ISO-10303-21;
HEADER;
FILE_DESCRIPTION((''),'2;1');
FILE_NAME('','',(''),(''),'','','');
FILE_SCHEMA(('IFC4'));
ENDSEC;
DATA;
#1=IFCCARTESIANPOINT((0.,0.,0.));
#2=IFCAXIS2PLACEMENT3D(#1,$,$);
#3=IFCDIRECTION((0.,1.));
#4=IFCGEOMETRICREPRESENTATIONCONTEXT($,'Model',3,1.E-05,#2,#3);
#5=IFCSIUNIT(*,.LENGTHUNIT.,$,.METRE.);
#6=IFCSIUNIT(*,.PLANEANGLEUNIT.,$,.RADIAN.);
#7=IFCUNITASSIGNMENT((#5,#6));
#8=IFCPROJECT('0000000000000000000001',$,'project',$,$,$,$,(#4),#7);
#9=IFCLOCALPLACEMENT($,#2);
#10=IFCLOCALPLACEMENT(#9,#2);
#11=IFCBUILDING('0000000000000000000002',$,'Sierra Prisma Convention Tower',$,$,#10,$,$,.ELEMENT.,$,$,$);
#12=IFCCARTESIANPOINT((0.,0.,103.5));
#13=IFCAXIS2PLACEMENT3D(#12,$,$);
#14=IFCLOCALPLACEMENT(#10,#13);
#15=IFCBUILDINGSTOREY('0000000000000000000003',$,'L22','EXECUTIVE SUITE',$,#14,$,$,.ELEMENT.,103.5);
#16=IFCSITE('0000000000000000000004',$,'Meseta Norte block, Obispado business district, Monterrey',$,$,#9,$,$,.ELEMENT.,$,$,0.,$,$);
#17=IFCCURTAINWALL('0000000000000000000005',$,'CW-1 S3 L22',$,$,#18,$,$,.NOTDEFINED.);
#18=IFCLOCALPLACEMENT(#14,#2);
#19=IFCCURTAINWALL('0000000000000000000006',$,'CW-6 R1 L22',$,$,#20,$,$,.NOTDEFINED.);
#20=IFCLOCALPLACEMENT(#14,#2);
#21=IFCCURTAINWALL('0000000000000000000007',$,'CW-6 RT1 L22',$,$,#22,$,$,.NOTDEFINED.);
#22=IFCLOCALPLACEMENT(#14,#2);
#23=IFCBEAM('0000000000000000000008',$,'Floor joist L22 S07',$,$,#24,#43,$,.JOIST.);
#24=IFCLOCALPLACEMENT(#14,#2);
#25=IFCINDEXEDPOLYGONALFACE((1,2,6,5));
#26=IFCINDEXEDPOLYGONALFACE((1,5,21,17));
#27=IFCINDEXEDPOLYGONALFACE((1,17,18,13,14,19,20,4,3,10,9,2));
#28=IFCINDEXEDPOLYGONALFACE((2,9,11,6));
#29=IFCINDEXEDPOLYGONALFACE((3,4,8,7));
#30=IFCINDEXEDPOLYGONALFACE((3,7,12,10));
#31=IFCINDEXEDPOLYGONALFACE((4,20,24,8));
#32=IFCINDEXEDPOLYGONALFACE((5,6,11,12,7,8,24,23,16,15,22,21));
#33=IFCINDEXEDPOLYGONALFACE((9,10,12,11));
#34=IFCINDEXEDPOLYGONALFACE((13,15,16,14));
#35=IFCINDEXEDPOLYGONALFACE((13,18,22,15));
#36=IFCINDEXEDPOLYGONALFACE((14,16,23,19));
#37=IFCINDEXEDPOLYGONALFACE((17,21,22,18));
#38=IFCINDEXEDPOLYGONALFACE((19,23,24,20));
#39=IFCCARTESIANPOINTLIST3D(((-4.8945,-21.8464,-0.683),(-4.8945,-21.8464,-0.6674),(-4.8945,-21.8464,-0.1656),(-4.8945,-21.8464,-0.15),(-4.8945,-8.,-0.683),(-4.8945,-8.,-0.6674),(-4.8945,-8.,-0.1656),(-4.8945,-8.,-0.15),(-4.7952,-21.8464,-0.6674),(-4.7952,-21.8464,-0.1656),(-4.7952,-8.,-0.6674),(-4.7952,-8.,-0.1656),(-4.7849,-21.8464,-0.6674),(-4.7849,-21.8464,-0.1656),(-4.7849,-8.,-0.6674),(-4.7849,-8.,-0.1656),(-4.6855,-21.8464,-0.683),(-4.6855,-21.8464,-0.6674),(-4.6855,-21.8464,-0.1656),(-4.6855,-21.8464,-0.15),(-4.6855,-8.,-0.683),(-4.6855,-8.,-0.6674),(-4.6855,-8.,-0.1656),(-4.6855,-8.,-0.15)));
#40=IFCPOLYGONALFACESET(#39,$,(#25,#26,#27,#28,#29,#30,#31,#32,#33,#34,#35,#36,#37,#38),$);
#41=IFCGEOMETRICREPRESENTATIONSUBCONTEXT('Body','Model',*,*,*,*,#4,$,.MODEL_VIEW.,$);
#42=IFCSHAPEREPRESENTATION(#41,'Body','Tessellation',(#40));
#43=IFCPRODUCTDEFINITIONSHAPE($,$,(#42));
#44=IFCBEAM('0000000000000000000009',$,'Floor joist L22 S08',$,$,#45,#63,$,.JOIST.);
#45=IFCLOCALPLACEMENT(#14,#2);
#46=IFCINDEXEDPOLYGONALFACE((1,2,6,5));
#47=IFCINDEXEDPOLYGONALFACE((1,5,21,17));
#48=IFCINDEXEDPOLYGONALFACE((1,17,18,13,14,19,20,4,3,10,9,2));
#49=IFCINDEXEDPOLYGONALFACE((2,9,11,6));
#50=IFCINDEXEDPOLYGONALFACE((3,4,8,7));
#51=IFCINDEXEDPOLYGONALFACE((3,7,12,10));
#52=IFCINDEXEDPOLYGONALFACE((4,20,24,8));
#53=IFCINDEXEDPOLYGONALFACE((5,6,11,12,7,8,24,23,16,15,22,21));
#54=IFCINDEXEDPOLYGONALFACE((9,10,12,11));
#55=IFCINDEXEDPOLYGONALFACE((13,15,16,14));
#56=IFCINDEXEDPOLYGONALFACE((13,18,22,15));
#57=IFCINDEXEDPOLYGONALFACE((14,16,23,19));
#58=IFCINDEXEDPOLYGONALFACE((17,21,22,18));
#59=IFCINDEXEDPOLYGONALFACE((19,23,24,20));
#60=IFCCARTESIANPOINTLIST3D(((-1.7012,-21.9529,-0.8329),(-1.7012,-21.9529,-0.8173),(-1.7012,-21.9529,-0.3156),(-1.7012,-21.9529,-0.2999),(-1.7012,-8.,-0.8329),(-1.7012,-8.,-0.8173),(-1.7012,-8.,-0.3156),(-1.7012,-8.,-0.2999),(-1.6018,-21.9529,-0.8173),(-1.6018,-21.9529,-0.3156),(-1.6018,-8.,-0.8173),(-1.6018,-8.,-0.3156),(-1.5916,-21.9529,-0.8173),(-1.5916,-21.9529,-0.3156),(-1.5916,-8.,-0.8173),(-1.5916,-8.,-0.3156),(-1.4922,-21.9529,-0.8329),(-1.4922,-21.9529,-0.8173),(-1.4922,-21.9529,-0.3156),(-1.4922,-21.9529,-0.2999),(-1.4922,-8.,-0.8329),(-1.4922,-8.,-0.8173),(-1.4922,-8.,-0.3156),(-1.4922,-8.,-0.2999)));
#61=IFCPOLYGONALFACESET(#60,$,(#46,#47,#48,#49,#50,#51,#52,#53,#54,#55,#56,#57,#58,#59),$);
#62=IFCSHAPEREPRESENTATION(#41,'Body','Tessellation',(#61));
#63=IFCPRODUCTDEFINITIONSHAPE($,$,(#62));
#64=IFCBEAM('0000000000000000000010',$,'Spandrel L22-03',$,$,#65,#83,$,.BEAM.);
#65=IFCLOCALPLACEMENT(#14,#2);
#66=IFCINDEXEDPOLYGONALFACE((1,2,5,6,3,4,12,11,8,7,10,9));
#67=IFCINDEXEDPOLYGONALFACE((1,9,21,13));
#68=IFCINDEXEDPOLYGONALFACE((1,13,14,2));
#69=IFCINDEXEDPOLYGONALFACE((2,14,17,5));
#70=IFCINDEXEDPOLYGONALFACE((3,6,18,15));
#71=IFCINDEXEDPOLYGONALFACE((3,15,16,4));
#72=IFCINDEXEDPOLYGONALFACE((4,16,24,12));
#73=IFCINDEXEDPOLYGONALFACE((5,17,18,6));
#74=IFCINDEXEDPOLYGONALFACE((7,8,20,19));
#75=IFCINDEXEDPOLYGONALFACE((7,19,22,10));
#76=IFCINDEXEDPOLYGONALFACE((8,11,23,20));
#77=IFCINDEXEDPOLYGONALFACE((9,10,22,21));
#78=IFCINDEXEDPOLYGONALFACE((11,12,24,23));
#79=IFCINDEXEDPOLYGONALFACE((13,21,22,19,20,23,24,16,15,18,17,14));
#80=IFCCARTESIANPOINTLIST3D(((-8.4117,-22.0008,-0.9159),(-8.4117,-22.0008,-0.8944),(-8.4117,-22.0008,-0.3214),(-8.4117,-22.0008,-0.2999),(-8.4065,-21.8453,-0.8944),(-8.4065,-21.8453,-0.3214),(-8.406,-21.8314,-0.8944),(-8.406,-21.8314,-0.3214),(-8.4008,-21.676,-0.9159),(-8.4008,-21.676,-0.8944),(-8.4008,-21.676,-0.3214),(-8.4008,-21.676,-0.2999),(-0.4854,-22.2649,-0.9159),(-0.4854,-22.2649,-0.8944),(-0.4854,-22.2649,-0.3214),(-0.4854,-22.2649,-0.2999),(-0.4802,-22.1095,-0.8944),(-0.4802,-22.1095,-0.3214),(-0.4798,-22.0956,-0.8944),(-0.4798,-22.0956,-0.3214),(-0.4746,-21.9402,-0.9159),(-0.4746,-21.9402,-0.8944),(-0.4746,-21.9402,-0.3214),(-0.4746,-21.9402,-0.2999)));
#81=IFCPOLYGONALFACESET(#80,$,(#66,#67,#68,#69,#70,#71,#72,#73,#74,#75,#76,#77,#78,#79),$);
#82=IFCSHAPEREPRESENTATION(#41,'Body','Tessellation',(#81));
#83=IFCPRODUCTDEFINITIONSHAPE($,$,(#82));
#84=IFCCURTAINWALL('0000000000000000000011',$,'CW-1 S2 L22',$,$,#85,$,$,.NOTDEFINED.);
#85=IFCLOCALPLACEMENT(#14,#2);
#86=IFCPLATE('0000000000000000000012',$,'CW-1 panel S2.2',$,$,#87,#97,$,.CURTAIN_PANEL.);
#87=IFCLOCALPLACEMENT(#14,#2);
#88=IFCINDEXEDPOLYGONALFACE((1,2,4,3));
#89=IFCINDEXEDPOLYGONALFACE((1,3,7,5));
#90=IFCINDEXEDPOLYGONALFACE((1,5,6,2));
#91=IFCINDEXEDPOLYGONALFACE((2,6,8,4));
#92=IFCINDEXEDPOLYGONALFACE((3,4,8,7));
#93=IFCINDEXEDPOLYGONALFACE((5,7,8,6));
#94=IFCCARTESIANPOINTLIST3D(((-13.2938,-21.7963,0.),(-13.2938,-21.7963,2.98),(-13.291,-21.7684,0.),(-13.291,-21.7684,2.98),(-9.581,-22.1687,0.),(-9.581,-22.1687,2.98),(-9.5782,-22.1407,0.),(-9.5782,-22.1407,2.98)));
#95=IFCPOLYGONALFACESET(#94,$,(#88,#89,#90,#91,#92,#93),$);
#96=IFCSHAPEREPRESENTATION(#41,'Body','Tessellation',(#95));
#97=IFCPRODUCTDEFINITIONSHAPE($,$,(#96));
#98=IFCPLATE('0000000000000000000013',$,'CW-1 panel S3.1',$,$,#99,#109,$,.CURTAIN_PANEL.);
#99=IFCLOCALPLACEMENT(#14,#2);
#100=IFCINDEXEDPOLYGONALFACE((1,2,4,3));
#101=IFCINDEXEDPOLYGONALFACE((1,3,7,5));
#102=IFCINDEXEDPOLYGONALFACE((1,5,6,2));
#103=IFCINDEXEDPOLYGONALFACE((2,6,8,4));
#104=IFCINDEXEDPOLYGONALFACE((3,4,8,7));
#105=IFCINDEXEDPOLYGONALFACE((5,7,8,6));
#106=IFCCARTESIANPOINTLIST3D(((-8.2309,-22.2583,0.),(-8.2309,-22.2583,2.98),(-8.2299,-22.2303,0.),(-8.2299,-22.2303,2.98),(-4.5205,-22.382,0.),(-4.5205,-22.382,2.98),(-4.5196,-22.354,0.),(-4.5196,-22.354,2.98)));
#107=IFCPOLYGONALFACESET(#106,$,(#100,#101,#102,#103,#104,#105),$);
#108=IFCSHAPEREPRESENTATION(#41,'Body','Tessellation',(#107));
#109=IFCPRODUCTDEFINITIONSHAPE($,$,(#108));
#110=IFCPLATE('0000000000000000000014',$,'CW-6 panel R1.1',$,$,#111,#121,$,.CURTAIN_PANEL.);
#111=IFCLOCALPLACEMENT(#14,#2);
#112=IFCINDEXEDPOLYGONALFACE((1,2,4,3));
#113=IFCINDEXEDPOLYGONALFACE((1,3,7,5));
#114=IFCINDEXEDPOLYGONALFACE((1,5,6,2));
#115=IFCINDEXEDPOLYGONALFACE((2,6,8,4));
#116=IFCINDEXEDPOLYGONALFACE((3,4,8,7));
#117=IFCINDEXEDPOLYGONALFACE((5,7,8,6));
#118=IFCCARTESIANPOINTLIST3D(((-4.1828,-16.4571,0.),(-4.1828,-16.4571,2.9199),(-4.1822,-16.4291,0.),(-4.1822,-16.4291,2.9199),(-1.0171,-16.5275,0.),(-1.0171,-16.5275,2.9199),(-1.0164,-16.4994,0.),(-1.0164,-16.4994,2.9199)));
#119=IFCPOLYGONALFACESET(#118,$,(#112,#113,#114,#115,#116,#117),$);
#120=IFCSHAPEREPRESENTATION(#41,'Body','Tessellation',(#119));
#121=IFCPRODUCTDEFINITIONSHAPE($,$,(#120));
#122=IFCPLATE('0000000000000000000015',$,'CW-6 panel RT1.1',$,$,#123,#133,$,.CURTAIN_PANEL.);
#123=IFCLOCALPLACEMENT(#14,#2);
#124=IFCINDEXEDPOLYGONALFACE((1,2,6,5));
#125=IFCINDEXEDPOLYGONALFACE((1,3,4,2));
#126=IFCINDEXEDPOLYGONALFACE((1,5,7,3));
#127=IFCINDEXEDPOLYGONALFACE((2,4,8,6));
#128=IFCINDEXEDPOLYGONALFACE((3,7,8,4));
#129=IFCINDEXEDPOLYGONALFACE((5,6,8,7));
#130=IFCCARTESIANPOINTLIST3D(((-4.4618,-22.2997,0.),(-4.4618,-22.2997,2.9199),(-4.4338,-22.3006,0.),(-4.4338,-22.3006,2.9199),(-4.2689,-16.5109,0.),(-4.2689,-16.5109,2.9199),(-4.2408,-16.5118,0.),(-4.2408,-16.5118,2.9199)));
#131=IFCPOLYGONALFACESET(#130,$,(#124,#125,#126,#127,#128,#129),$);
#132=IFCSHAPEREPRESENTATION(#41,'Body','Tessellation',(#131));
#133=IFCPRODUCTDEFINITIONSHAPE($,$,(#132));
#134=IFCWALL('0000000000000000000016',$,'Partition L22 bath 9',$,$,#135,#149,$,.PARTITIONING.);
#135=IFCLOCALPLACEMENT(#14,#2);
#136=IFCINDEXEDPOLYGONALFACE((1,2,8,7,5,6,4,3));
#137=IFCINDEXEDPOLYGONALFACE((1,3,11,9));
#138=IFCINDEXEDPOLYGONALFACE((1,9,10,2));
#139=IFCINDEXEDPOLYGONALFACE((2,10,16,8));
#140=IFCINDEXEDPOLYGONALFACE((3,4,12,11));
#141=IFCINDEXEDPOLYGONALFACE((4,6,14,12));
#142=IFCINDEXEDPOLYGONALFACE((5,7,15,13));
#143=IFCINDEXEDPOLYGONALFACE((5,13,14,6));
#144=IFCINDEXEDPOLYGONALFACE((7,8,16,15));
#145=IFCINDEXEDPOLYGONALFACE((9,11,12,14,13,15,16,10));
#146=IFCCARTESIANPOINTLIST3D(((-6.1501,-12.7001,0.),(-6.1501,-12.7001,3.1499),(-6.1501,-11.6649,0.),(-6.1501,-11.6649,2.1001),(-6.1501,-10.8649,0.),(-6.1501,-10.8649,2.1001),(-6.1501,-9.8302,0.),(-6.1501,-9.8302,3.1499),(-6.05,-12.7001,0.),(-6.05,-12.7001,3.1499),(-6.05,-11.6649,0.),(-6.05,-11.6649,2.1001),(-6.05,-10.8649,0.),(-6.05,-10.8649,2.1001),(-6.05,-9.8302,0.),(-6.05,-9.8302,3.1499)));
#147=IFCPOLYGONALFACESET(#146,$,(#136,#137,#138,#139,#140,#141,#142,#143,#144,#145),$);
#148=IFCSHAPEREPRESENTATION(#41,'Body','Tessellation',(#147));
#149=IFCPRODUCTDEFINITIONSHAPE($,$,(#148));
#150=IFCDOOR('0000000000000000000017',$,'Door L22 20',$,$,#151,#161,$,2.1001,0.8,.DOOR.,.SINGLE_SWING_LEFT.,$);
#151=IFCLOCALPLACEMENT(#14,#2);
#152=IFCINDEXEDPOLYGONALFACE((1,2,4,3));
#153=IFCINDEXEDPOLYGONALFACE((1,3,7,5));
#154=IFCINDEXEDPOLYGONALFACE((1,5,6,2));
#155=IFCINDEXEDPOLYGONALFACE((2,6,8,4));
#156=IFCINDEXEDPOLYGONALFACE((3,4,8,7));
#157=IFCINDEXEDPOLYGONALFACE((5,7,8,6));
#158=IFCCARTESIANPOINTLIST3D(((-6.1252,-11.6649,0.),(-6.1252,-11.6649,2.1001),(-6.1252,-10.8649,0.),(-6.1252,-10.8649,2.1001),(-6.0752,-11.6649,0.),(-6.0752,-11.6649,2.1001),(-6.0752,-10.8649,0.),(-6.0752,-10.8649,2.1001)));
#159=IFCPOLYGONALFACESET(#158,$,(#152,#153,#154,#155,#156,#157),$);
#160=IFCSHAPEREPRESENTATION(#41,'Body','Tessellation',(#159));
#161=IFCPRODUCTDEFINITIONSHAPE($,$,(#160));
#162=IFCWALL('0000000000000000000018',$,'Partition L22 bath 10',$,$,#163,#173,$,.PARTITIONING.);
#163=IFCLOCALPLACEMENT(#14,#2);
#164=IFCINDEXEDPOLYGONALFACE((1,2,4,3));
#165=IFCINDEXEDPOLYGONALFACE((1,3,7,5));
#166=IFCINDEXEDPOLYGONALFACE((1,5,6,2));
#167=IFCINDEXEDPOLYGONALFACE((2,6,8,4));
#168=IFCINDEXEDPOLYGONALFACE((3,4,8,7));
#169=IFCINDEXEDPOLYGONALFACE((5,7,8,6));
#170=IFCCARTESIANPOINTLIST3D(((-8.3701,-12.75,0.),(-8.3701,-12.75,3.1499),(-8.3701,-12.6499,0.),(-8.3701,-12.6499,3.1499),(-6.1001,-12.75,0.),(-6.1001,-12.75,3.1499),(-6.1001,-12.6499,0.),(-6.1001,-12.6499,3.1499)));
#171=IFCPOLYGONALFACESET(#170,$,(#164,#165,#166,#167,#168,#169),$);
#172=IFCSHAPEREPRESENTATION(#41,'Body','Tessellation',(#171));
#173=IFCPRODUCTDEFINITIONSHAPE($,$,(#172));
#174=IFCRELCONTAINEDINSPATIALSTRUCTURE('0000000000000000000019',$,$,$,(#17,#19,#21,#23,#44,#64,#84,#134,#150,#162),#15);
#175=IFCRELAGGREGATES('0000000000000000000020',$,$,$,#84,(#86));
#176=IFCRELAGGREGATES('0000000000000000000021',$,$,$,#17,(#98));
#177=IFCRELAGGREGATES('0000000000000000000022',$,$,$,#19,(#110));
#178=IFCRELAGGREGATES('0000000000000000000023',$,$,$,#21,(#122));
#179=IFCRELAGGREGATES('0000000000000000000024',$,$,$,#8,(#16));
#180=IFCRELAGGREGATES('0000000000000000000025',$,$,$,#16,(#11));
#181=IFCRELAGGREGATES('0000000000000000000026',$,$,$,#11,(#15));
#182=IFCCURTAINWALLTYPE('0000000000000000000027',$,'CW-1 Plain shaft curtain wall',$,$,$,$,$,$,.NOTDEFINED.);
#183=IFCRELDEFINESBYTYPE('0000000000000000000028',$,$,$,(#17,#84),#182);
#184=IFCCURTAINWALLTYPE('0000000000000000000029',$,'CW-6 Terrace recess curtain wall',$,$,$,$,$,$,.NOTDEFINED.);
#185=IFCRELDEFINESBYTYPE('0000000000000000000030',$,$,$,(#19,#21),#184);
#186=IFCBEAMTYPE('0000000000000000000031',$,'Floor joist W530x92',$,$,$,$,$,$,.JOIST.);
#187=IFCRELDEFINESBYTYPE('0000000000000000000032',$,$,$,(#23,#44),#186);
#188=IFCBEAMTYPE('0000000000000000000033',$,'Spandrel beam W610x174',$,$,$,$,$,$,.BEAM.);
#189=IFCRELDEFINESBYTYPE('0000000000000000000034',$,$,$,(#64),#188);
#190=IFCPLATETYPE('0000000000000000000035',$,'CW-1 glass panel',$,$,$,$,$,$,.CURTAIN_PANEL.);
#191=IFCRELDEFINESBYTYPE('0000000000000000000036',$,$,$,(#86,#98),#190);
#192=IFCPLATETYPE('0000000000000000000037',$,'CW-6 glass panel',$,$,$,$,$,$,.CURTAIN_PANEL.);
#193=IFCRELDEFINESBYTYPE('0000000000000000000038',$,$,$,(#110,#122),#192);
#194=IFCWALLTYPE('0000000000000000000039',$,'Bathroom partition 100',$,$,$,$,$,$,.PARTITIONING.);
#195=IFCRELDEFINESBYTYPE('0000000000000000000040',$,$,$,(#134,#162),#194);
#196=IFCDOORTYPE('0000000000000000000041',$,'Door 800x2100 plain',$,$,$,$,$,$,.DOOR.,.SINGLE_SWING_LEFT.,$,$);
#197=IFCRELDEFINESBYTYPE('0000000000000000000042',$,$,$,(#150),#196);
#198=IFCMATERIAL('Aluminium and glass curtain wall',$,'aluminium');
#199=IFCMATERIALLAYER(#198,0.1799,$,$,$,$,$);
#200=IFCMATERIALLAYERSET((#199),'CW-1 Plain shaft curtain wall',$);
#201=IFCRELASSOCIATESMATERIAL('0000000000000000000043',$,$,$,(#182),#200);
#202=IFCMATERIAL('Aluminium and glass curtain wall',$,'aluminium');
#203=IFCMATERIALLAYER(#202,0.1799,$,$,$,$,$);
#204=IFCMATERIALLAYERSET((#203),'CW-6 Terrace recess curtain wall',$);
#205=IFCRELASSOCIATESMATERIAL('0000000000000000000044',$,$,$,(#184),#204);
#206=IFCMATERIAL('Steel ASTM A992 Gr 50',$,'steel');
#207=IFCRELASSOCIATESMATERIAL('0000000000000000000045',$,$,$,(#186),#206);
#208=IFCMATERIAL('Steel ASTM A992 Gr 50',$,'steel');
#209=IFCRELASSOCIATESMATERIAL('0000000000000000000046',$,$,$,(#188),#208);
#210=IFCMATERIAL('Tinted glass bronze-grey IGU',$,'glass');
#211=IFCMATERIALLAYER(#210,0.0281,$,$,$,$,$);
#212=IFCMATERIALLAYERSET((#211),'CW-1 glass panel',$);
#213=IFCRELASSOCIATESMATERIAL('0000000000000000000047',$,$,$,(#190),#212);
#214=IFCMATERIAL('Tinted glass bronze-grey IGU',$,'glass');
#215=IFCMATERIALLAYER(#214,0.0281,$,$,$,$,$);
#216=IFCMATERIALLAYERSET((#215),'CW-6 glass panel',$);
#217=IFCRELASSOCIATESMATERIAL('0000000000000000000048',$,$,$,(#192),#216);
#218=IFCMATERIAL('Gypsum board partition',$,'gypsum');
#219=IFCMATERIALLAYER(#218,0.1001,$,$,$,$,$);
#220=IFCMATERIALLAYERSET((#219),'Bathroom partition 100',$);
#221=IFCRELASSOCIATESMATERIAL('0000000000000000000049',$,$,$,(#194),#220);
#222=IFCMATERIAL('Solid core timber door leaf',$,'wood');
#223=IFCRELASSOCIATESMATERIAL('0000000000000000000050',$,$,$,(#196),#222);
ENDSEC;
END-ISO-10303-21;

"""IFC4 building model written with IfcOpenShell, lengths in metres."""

from ifc_helpers import new_model, si_unit, direction, frame, frame_2d, origin, origin_2d, place, context, subcontext, project, spatial, rectangle, i_section, extrude, material, layer, layer_set, material_profile, profile_set, type_object, element, fill, aggregate, save


model = new_model("IFC4")

# Units and contexts
model_context = context("Model", 3, precision=1e-05, world=origin(), true_north=direction((0.0, 1.0)))
body_context = subcontext(model_context, "Body", "Model", "MODEL_VIEW")
ifc_project = project(units=[si_unit("LENGTHUNIT", "METRE"), si_unit("PLANEANGLEUNIT", "RADIAN")], contexts=[model_context])

# Site, building, storey
site_placement = place(None, origin())
site = spatial("IfcSite", under=ifc_project, at=site_placement, Name="Meseta Norte block, Obispado business district, Monterrey", CompositionType="ELEMENT", RefElevation=0.0)
building_placement = place(site_placement, origin())
building = spatial("IfcBuilding", under=site, at=building_placement, Name="Sierra Prisma Convention Tower", CompositionType="ELEMENT")
storey_placement = place(building_placement, frame((0.0, 0.0, 103.5)))
storey = spatial("IfcBuildingStorey", under=building, at=storey_placement, Name="L22", Description="EXECUTIVE SUITE", CompositionType="ELEMENT", Elevation=103.5)

# Curtain wall
ifc_material_1 = material(Name="Aluminium and glass curtain wall", Category="aluminium")
ifc_layer_1 = layer(ifc_material_1, 0.1799)
ifc_layer_set_1 = layer_set([ifc_layer_1], Name="CW-1 Plain shaft curtain wall")
curtain_wall_type_1 = type_object("IfcCurtainWallType", Name="CW-1 Plain shaft curtain wall", PredefinedType="NOTDEFINED", material=ifc_layer_set_1)
curtain_wall_1_placement = place(storey_placement, origin())
curtain_wall_1 = element("IfcCurtainWall", 1, at=curtain_wall_1_placement, inside=storey, type_object=curtain_wall_type_1, Name="CW-1 S3 L22", PredefinedType="NOTDEFINED")

# Curtain wall
ifc_material_2 = material(Name="Aluminium and glass curtain wall", Category="aluminium")
ifc_layer_2 = layer(ifc_material_2, 0.1799)
ifc_layer_set_2 = layer_set([ifc_layer_2], Name="CW-6 Terrace recess curtain wall")
curtain_wall_type_2 = type_object("IfcCurtainWallType", Name="CW-6 Terrace recess curtain wall", PredefinedType="NOTDEFINED", material=ifc_layer_set_2)
curtain_wall_2_placement = place(storey_placement, origin())
curtain_wall_2 = element("IfcCurtainWall", 2, at=curtain_wall_2_placement, inside=storey, type_object=curtain_wall_type_2, Name="CW-6 R1 L22", PredefinedType="NOTDEFINED")

# Curtain wall
curtain_wall_3_placement = place(storey_placement, origin())
curtain_wall_3 = element("IfcCurtainWall", 3, at=curtain_wall_3_placement, inside=storey, type_object=curtain_wall_type_2, Name="CW-6 RT1 L22", PredefinedType="NOTDEFINED")

# Beams
ifc_material_3 = material(Name="Steel ASTM A992 Gr 50", Category="steel")
ifc_material_profile_1 = material_profile(ifc_material_3, i_section(OverallWidth=0.209, OverallDepth=0.533, WebThickness=0.0103, FlangeThickness=0.0156, at=origin_2d()), Name="W530x92")
ifc_profile_set_1 = profile_set([ifc_material_profile_1], Name="Steel ASTM A992 Gr 50")
beam_type_1 = type_object("IfcBeamType", Name="Floor joist W530x92", PredefinedType="JOIST", material=ifc_profile_set_1)
beam_1_placement = place(storey_placement, frame((-4.79, -21.8464, -0.4165), z_axis=(0.0, 1.0, 0.0), x_axis=(-1.0, 0.0, 0.0)))
element("IfcBeam", 4, at=beam_1_placement, inside=storey, type_object=beam_type_1, Name="Floor joist L22 S07", PredefinedType="JOIST", context=body_context, shape_type="SweptSolid", body=[
    extrude(i_section(OverallWidth=0.209, OverallDepth=0.533, WebThickness=0.0103, FlangeThickness=0.0156, at=origin_2d()), origin(), (0.0, 0.0, 1.0), 13.8464),
])
beam_2_placement = place(storey_placement, frame((-1.5967, -21.9529, -0.5664), z_axis=(0.0, 1.0, 0.0), x_axis=(-1.0, 0.0, 0.0)))
element("IfcBeam", 5, at=beam_2_placement, inside=storey, type_object=beam_type_1, Name="Floor joist L22 S08", PredefinedType="JOIST", context=body_context, shape_type="SweptSolid", body=[
    extrude(i_section(OverallWidth=0.209, OverallDepth=0.533, WebThickness=0.0103, FlangeThickness=0.0156, at=origin_2d()), origin(), (0.0, 0.0, 1.0), 13.9529),
])
ifc_material_4 = material(Name="Steel ASTM A992 Gr 50", Category="steel")
ifc_material_profile_2 = material_profile(ifc_material_4, i_section(OverallWidth=0.325, OverallDepth=0.616, WebThickness=0.0139, FlangeThickness=0.0215, at=origin_2d()), Name="W610x174")
ifc_profile_set_2 = profile_set([ifc_material_profile_2], Name="Steel ASTM A992 Gr 50")
beam_type_2 = type_object("IfcBeamType", Name="Spandrel beam W610x174", PredefinedType="BEAM", material=ifc_profile_set_2)
beam_3_placement = place(storey_placement, frame((-8.4062, -21.8384, -0.6079), z_axis=(0.999445, -0.033309, 0.0), x_axis=(0.033309, 0.999445, 0.0)))
element("IfcBeam", 6, at=beam_3_placement, inside=storey, type_object=beam_type_2, Name="Spandrel L22-03", PredefinedType="BEAM", context=body_context, shape_type="SweptSolid", body=[
    extrude(i_section(OverallWidth=0.325, OverallDepth=0.616, WebThickness=0.0139, FlangeThickness=0.0215, at=origin_2d()), origin(), (0.0, 0.0, 1.0), 7.9307),
])

# Curtain wall, plate
curtain_wall_4_placement = place(storey_placement, origin())
curtain_wall_4 = element("IfcCurtainWall", 7, at=curtain_wall_4_placement, inside=storey, type_object=curtain_wall_type_1, Name="CW-1 S2 L22", PredefinedType="NOTDEFINED")
ifc_material_5 = material(Name="Tinted glass bronze-grey IGU", Category="glass")
ifc_layer_3 = layer(ifc_material_5, 0.0281)
ifc_layer_set_3 = layer_set([ifc_layer_3], Name="CW-1 glass panel")
plate_type_1 = type_object("IfcPlateType", Name="CW-1 glass panel", PredefinedType="CURTAIN_PANEL", material=ifc_layer_set_3)
plate_1_placement = place(storey_placement, frame((-11.436, -21.9685, 0.0), z_axis=(0.0, 0.0, 1.0), x_axis=(0.995008, -0.099793, 0.0)))
plate_1 = element("IfcPlate", 8, at=plate_1_placement, type_object=plate_type_1, Name="CW-1 panel S2.2", PredefinedType="CURTAIN_PANEL", context=body_context, shape_type="SweptSolid", body=[
    extrude(rectangle(XDim=3.7314, YDim=0.0281, at=origin_2d()), origin(), (0.0, 0.0, 1.0), 2.98),
])
aggregate(curtain_wall_4, [plate_1])

# Plates
plate_2_placement = place(storey_placement, frame((-6.3752, -22.3062, 0.0), z_axis=(0.0, 0.0, 1.0), x_axis=(0.999445, -0.033314, 0.0)))
plate_2 = element("IfcPlate", 9, at=plate_2_placement, type_object=plate_type_1, Name="CW-1 panel S3.1", PredefinedType="CURTAIN_PANEL", context=body_context, shape_type="SweptSolid", body=[
    extrude(rectangle(XDim=3.7124, YDim=0.0281, at=origin_2d()), origin(), (0.0, 0.0, 1.0), 2.98),
])
aggregate(curtain_wall_1, [plate_2])
ifc_material_6 = material(Name="Tinted glass bronze-grey IGU", Category="glass")
ifc_layer_4 = layer(ifc_material_6, 0.0281)
ifc_layer_set_4 = layer_set([ifc_layer_4], Name="CW-6 glass panel")
plate_type_2 = type_object("IfcPlateType", Name="CW-6 glass panel", PredefinedType="CURTAIN_PANEL", material=ifc_layer_set_4)
plate_3_placement = place(storey_placement, frame((-2.5996, -16.4783, 0.0), z_axis=(0.0, 0.0, 1.0), x_axis=(0.999753, -0.022211, 0.0)))
plate_3 = element("IfcPlate", 10, at=plate_3_placement, type_object=plate_type_2, Name="CW-6 panel R1.1", PredefinedType="CURTAIN_PANEL", context=body_context, shape_type="SweptSolid", body=[
    extrude(rectangle(XDim=3.1665, YDim=0.0281, at=origin_2d()), origin(), (0.0, 0.0, 1.0), 2.9199),
])
aggregate(curtain_wall_2, [plate_3])
plate_4_placement = place(storey_placement, frame((-4.3513, -19.4058, 0.0), z_axis=(0.0, 0.0, 1.0), x_axis=(0.033314, 0.999445, 0.0)))
plate_4 = element("IfcPlate", 11, at=plate_4_placement, type_object=plate_type_2, Name="CW-6 panel RT1.1", PredefinedType="CURTAIN_PANEL", context=body_context, shape_type="SweptSolid", body=[
    extrude(rectangle(XDim=5.792, YDim=0.0281, at=origin_2d()), origin(), (0.0, 0.0, 1.0), 2.9199),
])
aggregate(curtain_wall_3, [plate_4])

# Wall, opening, door
ifc_material_7 = material(Name="Gypsum board partition", Category="gypsum")
ifc_layer_5 = layer(ifc_material_7, 0.1001)
ifc_layer_set_5 = layer_set([ifc_layer_5], Name="Bathroom partition 100")
wall_type_1 = type_object("IfcWallType", Name="Bathroom partition 100", PredefinedType="PARTITIONING", material=ifc_layer_set_5)
wall_1_placement = place(storey_placement, frame((-6.1001, -9.8301, 0.0), z_axis=(0.0, 0.0, 1.0), x_axis=(0.0, -1.0, 0.0)))
wall_1 = element("IfcWall", 12, at=wall_1_placement, inside=storey, type_object=wall_type_1, Name="Partition L22 bath 9", PredefinedType="PARTITIONING", context=body_context, shape_type="SweptSolid", body=[
    extrude(rectangle(XDim=2.8699, YDim=0.1001, at=frame_2d((1.4351, 0.0))), origin(), (0.0, 0.0, 1.0), 3.1499),
])
opening_1_placement = place(wall_1_placement, frame((1.0349, 0.0, 0.0)))
opening_1 = element("IfcOpeningElement", 13, at=opening_1_placement, cuts=wall_1, PredefinedType="OPENING", context=body_context, shape_type="SweptSolid", body=[
    extrude(rectangle(XDim=0.8, YDim=2.1001, at=frame_2d((0.3999, 1.05))), frame((0.0, 0.05, 0.0), z_axis=(0.0, -1.0, 0.0), x_axis=(1.0, 0.0, 0.0)), (0.0, 0.0, 1.0), 0.1001),
])
ifc_material_8 = material(Name="Solid core timber door leaf", Category="wood")
door_type_1 = type_object("IfcDoorType", Name="Door 800x2100 plain", OperationType="SINGLE_SWING_LEFT", PredefinedType="DOOR", material=ifc_material_8)
door_1_placement = place(opening_1_placement, origin())
door_1 = element("IfcDoor", 14, at=door_1_placement, inside=storey, type_object=door_type_1, Name="Door L22 20", OperationType="SINGLE_SWING_LEFT", OverallHeight=2.1001, OverallWidth=0.8, PredefinedType="DOOR", context=body_context, shape_type="SweptSolid", body=[
    extrude(rectangle(XDim=0.8, YDim=2.1001, at=frame_2d((0.3999, 1.05))), frame((0.0, 0.0249, 0.0), z_axis=(0.0, -1.0, 0.0), x_axis=(1.0, 0.0, 0.0)), (0.0, 0.0, 1.0), 0.05),
])
fill(opening_1, door_1)

# Wall
wall_2_placement = place(storey_placement, frame((-6.1001, -12.7, 0.0), z_axis=(0.0, 0.0, 1.0), x_axis=(-1.0, 0.0, 0.0)))
element("IfcWall", 15, at=wall_2_placement, inside=storey, type_object=wall_type_1, Name="Partition L22 bath 10", PredefinedType="PARTITIONING", context=body_context, shape_type="SweptSolid", body=[
    extrude(rectangle(XDim=2.27, YDim=0.1001, at=frame_2d((1.135, 0.0))), origin(), (0.0, 0.0, 1.0), 3.1499),
])

save(model, "model.ifc")
